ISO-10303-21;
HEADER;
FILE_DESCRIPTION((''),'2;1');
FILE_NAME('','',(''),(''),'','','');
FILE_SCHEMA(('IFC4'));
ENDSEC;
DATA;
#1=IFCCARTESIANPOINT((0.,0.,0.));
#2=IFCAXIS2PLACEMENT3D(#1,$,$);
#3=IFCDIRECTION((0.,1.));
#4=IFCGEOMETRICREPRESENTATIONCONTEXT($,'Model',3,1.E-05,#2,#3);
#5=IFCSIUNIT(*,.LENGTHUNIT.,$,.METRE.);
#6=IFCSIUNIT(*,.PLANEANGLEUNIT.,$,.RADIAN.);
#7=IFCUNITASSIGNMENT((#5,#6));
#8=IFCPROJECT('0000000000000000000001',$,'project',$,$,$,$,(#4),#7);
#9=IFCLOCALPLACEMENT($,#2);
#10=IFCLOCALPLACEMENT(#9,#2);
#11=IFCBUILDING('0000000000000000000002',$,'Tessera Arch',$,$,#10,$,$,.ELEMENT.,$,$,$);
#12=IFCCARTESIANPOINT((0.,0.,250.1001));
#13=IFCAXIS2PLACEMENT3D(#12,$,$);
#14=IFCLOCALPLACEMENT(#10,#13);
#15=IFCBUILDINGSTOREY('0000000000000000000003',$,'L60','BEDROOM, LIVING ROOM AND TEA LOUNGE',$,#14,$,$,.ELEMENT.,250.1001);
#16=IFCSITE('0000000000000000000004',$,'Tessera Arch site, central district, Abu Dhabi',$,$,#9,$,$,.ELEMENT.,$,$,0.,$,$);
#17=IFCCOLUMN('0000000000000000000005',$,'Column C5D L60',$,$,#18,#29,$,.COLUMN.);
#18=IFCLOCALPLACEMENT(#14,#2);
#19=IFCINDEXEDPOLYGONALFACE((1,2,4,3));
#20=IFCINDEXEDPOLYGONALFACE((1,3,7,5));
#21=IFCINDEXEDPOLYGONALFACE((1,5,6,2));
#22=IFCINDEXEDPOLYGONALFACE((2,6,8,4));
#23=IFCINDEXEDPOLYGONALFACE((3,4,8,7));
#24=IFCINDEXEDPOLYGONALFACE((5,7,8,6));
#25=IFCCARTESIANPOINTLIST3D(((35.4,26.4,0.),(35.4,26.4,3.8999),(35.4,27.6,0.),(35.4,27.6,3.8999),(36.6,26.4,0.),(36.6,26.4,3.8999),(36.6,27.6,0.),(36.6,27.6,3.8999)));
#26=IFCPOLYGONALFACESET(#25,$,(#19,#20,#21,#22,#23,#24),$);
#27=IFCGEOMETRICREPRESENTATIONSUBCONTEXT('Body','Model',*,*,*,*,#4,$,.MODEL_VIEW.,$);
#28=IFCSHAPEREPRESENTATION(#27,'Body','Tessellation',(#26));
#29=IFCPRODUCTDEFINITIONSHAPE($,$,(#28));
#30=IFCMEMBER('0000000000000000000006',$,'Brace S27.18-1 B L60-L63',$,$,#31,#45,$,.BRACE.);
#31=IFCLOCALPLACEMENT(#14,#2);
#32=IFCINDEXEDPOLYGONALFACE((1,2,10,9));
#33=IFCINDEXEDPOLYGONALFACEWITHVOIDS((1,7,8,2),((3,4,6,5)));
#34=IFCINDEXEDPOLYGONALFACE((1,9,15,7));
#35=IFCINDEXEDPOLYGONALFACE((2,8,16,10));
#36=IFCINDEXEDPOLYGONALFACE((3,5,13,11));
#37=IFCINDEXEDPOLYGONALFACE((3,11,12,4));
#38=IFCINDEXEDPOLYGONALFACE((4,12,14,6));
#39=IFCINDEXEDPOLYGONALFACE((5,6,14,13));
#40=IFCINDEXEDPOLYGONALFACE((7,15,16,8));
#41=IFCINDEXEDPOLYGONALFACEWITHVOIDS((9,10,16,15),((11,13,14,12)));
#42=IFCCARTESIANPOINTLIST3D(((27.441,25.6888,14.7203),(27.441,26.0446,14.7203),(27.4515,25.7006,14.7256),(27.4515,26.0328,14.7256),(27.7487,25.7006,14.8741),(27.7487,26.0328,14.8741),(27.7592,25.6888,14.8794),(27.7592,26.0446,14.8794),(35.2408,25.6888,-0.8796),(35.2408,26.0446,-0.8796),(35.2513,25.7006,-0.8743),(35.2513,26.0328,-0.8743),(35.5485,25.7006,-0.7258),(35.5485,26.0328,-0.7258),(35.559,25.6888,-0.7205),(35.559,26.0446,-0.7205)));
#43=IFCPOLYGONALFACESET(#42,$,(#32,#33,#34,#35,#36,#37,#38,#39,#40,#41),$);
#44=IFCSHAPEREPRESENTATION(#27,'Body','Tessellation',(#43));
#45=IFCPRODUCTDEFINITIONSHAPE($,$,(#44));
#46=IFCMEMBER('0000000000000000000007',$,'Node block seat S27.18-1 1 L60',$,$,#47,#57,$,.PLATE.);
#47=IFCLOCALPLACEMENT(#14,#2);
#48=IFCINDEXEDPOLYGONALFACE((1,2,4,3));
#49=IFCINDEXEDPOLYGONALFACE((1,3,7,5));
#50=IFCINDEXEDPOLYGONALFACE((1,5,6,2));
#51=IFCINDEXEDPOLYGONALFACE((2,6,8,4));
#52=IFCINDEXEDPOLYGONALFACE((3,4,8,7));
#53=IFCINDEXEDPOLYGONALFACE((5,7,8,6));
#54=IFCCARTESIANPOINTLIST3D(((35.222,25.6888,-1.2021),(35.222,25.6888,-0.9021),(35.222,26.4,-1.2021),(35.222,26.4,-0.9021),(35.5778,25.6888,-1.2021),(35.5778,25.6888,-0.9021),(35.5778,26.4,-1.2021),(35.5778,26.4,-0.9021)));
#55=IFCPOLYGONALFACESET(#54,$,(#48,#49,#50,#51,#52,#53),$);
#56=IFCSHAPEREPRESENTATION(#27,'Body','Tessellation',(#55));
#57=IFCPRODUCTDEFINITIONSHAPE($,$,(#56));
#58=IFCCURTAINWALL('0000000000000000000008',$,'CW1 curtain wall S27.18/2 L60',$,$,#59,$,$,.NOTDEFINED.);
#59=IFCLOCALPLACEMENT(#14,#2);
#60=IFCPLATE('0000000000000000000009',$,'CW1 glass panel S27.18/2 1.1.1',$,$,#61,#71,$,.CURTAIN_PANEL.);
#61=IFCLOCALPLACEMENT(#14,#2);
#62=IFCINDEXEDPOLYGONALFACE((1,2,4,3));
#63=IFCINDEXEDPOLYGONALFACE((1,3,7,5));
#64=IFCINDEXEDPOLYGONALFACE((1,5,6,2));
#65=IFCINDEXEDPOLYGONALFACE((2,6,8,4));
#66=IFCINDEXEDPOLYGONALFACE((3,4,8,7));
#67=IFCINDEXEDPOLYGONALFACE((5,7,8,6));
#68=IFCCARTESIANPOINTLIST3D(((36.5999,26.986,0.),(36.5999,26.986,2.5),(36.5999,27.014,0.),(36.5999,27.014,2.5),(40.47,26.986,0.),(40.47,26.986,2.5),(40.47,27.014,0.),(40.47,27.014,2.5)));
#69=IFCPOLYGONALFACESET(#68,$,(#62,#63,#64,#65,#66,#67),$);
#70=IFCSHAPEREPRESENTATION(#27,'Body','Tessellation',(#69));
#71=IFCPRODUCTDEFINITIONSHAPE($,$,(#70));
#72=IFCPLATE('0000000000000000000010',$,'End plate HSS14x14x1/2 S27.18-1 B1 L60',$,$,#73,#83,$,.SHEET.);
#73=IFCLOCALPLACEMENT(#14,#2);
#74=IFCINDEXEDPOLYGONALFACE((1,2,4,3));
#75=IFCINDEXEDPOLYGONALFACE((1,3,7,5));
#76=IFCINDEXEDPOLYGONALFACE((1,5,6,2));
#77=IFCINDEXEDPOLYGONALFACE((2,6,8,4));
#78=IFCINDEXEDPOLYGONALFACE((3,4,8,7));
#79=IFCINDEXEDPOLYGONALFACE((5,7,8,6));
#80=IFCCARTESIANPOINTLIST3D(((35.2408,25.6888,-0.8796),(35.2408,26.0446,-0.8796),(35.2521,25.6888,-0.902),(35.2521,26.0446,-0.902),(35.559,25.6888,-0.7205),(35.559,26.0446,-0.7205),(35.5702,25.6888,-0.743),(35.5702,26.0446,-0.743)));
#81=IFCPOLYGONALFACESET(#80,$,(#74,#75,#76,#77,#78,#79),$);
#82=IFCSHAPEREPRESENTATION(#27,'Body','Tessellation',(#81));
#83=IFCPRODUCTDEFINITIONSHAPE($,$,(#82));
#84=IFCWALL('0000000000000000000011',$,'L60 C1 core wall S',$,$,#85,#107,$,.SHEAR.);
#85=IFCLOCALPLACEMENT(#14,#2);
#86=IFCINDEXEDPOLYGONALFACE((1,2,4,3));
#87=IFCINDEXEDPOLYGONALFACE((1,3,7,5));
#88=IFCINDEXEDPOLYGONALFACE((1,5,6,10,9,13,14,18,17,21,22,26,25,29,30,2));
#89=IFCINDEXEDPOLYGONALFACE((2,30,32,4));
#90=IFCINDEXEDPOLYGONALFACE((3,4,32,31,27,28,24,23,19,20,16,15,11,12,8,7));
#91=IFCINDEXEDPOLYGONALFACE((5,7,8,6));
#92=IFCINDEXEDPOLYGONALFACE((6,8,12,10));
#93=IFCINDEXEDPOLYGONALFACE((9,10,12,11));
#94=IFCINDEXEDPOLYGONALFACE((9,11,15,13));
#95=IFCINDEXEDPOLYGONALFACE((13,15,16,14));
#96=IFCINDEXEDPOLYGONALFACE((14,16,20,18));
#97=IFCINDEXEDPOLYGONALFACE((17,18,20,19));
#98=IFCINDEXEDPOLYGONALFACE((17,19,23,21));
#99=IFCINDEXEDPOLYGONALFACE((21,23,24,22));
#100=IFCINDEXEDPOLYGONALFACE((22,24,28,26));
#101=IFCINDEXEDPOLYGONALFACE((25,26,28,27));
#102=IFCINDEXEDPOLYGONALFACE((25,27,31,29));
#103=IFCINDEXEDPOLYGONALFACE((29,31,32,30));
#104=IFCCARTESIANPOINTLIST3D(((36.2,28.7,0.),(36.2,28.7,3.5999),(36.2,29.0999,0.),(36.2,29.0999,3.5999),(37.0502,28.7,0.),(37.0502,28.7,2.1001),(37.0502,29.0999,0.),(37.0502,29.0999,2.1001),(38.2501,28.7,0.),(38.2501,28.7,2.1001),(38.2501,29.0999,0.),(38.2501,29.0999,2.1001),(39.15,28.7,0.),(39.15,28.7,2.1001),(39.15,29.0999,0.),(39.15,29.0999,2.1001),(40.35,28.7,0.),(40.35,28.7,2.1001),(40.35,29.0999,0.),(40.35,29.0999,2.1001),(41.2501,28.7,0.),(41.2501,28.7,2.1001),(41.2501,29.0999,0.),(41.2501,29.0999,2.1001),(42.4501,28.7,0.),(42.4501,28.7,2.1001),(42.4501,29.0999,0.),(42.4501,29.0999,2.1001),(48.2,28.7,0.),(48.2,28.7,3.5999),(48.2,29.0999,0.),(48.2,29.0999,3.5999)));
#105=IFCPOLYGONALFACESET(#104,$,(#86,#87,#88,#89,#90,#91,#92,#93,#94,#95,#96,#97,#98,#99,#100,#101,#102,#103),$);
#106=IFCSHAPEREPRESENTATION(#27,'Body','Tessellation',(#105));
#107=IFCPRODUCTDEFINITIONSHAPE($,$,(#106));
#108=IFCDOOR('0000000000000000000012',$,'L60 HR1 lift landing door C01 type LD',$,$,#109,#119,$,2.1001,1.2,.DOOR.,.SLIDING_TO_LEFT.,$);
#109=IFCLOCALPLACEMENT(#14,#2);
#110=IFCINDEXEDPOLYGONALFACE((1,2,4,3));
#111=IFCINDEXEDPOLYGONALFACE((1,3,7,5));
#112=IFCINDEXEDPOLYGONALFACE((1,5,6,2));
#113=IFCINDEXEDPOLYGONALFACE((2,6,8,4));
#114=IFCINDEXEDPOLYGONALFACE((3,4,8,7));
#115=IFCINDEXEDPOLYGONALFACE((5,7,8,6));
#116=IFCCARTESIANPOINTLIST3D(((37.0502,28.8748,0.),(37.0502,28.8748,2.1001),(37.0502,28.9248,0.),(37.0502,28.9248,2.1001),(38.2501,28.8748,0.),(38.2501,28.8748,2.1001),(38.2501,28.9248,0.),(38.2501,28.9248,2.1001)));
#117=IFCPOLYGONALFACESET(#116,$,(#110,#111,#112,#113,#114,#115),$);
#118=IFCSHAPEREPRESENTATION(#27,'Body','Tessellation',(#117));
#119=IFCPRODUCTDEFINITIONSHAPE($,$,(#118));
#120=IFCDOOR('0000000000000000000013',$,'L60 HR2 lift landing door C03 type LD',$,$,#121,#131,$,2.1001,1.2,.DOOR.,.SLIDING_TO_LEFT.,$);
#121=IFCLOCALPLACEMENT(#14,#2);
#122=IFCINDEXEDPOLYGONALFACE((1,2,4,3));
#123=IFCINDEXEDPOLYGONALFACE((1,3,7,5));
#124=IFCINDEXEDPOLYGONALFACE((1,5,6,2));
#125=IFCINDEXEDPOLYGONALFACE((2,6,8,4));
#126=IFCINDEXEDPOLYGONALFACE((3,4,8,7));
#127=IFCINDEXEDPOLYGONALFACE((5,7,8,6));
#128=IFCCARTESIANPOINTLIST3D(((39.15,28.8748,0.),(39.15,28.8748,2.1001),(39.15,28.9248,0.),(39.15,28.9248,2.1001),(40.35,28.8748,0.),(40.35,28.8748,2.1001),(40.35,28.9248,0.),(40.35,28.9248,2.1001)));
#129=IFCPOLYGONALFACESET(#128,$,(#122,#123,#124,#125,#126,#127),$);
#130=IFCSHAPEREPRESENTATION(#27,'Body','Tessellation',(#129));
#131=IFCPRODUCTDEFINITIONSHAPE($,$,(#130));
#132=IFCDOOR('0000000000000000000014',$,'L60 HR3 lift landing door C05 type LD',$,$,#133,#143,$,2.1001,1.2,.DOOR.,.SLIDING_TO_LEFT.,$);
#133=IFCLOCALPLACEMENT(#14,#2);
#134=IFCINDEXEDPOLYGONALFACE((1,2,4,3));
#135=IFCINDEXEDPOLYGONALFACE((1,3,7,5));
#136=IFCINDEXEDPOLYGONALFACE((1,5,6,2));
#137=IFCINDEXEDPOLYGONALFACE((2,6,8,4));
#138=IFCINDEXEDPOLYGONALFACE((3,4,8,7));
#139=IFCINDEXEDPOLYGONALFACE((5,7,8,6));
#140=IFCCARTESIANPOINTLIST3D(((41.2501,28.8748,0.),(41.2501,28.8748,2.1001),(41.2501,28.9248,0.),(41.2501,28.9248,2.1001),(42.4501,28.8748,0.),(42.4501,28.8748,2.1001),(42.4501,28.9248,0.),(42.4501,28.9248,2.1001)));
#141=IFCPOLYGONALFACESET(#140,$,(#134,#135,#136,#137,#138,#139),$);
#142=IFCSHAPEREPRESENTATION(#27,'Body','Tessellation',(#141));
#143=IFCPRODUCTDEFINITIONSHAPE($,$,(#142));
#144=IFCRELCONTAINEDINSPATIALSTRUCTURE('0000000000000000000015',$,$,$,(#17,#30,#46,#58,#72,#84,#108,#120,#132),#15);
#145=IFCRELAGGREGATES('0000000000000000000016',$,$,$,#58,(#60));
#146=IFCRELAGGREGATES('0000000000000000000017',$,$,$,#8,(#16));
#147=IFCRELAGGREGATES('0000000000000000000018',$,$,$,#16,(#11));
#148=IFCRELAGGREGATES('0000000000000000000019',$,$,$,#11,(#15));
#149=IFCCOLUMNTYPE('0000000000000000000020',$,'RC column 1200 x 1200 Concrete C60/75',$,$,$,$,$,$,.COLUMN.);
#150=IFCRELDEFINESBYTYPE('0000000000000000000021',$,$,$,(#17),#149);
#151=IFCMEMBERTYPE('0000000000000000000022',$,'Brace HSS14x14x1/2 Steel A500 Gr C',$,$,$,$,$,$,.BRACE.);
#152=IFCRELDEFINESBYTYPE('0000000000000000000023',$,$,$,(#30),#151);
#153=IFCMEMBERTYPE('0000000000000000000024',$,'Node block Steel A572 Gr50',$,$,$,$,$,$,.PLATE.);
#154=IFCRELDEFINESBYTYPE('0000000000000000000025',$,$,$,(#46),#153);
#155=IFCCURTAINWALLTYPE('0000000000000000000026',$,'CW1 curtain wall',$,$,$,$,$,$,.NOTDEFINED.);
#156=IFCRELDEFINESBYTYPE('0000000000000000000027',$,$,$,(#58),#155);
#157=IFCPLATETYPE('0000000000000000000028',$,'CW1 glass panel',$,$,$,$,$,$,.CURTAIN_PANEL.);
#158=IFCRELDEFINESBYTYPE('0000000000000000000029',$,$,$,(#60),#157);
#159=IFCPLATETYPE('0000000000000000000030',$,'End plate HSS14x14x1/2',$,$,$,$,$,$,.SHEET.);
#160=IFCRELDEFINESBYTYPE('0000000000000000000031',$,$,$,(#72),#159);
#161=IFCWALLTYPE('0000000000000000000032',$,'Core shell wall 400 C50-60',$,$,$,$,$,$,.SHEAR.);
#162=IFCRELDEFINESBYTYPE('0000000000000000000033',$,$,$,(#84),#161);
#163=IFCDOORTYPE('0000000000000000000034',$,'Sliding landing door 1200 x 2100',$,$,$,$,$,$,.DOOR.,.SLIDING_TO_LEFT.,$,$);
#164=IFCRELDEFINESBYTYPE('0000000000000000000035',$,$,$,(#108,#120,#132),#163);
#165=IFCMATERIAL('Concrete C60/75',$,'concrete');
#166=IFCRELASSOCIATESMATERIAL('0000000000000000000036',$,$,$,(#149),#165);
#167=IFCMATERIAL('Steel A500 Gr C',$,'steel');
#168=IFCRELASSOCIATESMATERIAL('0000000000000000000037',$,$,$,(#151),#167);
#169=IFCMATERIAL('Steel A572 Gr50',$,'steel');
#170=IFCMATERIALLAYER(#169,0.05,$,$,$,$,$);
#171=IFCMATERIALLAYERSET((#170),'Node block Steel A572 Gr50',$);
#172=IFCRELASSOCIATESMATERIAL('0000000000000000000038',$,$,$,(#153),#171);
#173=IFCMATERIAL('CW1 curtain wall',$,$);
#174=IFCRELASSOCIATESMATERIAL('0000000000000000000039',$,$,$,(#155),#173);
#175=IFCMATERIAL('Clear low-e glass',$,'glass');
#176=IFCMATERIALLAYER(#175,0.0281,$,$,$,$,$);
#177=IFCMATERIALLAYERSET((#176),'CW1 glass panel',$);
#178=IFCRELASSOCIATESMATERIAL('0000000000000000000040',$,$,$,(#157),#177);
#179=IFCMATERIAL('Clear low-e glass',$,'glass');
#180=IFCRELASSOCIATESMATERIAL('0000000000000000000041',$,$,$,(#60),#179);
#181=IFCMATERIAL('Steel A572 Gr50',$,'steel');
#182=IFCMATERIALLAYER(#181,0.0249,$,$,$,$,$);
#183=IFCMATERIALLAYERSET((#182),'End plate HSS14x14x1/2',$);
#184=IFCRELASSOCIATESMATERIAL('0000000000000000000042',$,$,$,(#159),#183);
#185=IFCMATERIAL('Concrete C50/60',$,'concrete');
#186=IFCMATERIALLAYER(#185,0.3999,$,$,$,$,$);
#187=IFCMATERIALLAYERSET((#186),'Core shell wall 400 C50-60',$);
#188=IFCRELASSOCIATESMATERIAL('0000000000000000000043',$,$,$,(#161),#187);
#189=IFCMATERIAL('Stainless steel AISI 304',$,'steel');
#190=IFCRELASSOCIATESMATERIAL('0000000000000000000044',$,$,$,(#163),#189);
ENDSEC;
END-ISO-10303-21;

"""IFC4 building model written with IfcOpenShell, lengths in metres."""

from ifc_helpers import new_model, si_unit, direction, frame, frame_2d, origin, origin_2d, place, context, subcontext, project, spatial, rectangle, hollow_rectangle, extrude, material, layer, layer_set, material_profile, profile_set, type_object, element, fill, aggregate, save


model = new_model("IFC4")

# Units and contexts
model_context = context("Model", 3, precision=1e-05, world=origin(), true_north=direction((0.0, 1.0)))
body_context = subcontext(model_context, "Body", "Model", "MODEL_VIEW")
ifc_project = project(units=[si_unit("LENGTHUNIT", "METRE"), si_unit("PLANEANGLEUNIT", "RADIAN")], contexts=[model_context])

# Site, building, storey
site_placement = place(None, origin())
site = spatial("IfcSite", under=ifc_project, at=site_placement, Name="Tessera Arch site, central district, Abu Dhabi", CompositionType="ELEMENT", RefElevation=0.0)
building_placement = place(site_placement, origin())
building = spatial("IfcBuilding", under=site, at=building_placement, Name="Tessera Arch", CompositionType="ELEMENT")
storey_placement = place(building_placement, frame((0.0, 0.0, 250.1001)))
storey = spatial("IfcBuildingStorey", under=building, at=storey_placement, Name="L60", Description="BEDROOM, LIVING ROOM AND TEA LOUNGE", CompositionType="ELEMENT", Elevation=250.1001)

# Column
ifc_material_1 = material(Name="Concrete C60/75", Category="concrete")
ifc_material_profile_1 = material_profile(ifc_material_1, rectangle(XDim=1.2, YDim=1.2, at=origin_2d()), Name="RC column 1200 x 1200 Concrete C60/75")
ifc_profile_set_1 = profile_set([ifc_material_profile_1], Name="Concrete C60/75")
column_type = type_object("IfcColumnType", Name="RC column 1200 x 1200 Concrete C60/75", PredefinedType="COLUMN", material=ifc_profile_set_1)
column_placement = place(storey_placement, frame((36.0, 27.0, 0.0), z_axis=(0.0, 0.0, 1.0), x_axis=(1.0, 0.0, 0.0)))
element("IfcColumn", 1, at=column_placement, inside=storey, type_object=column_type, Name="Column C5D L60", PredefinedType="COLUMN", context=body_context, shape_type="SweptSolid", body=[
    extrude(rectangle(XDim=1.2, YDim=1.2, at=origin_2d()), origin(), (0.0, 0.0, 1.0), 3.8999),
])

# Members
ifc_material_2 = material(Name="Steel A500 Gr C", Category="steel")
ifc_material_profile_2 = material_profile(ifc_material_2, hollow_rectangle(XDim=0.3557, YDim=0.3557, WallThickness=0.0117, at=origin_2d()), Name="HSS14x14x1/2")
ifc_profile_set_2 = profile_set([ifc_material_profile_2], Name="Steel A500 Gr C")
member_type_1 = type_object("IfcMemberType", Name="Brace HSS14x14x1/2 Steel A500 Gr C", PredefinedType="BRACE", material=ifc_profile_set_2)
member_1_placement = place(storey_placement, frame((35.3999, 25.8667, -0.8), z_axis=(-0.447208, 0.0, 0.89443), x_axis=(0.0, -1.0, 0.0)))
element("IfcMember", 2, at=member_1_placement, inside=storey, type_object=member_type_1, Name="Brace S27.18-1 B L60-L63", PredefinedType="BRACE", context=body_context, shape_type="SweptSolid", body=[
    extrude(hollow_rectangle(XDim=0.3557, YDim=0.3557, WallThickness=0.0117, at=origin_2d()), origin(), (0.0, 0.0, 1.0), 17.4412),
])
ifc_material_3 = material(Name="Steel A572 Gr50", Category="steel")
ifc_layer_1 = layer(ifc_material_3, 0.05)
ifc_layer_set_1 = layer_set([ifc_layer_1], Name="Node block Steel A572 Gr50")
member_type_2 = type_object("IfcMemberType", Name="Node block Steel A572 Gr50", PredefinedType="PLATE", material=ifc_layer_set_1)
member_2_placement = place(storey_placement, frame((35.3999, 26.0444, -1.2021), z_axis=(0.0, 0.0, 1.0), x_axis=(1.0, 0.0, 0.0)))
element("IfcMember", 3, at=member_2_placement, inside=storey, type_object=member_type_2, Name="Node block seat S27.18-1 1 L60", PredefinedType="PLATE", context=body_context, shape_type="SweptSolid", body=[
    extrude(rectangle(XDim=0.3557, YDim=0.7112, at=origin_2d()), origin(), (0.0, 0.0, 1.0), 0.3),
])

# Curtain wall, plate
ifc_material_4 = material(Name="CW1 curtain wall")
curtain_wall_type = type_object("IfcCurtainWallType", Name="CW1 curtain wall", PredefinedType="NOTDEFINED", material=ifc_material_4)
curtain_wall_placement = place(storey_placement, origin())
curtain_wall = element("IfcCurtainWall", 4, at=curtain_wall_placement, inside=storey, type_object=curtain_wall_type, Name="CW1 curtain wall S27.18/2 L60", PredefinedType="NOTDEFINED")
ifc_material_5 = material(Name="Clear low-e glass", Category="glass")
ifc_material_6 = material(Name="Clear low-e glass", Category="glass")
ifc_layer_2 = layer(ifc_material_6, 0.0281)
ifc_layer_set_2 = layer_set([ifc_layer_2], Name="CW1 glass panel")
plate_type_1 = type_object("IfcPlateType", Name="CW1 glass panel", PredefinedType="CURTAIN_PANEL", material=ifc_layer_set_2)
plate_1_placement = place(storey_placement, frame((38.5349, 27.0, 0.0), z_axis=(0.0, 0.0, 1.0), x_axis=(1.0, 0.0, 0.0)))
plate_1 = element("IfcPlate", 5, at=plate_1_placement, type_object=plate_type_1, material=ifc_material_5, Name="CW1 glass panel S27.18/2 1.1.1", PredefinedType="CURTAIN_PANEL", context=body_context, shape_type="SweptSolid", body=[
    extrude(rectangle(XDim=3.8701, YDim=0.0281, at=origin_2d()), origin(), (0.0, 0.0, 1.0), 2.5),
])
aggregate(curtain_wall, [plate_1])

# Plate
ifc_material_7 = material(Name="Steel A572 Gr50", Category="steel")
ifc_layer_3 = layer(ifc_material_7, 0.0249)
ifc_layer_set_3 = layer_set([ifc_layer_3], Name="End plate HSS14x14x1/2")
plate_type_2 = type_object("IfcPlateType", Name="End plate HSS14x14x1/2", PredefinedType="SHEET", material=ifc_layer_set_3)
plate_2_placement = place(storey_placement, frame((35.4111, 25.8667, -0.8225), z_axis=(-0.447214, 0.0, 0.894427), x_axis=(0.0, -1.0, 0.0)))
element("IfcPlate", 6, at=plate_2_placement, inside=storey, type_object=plate_type_2, Name="End plate HSS14x14x1/2 S27.18-1 B1 L60", PredefinedType="SHEET", context=body_context, shape_type="SweptSolid", body=[
    extrude(rectangle(XDim=0.3557, YDim=0.3557, at=origin_2d()), origin(), (0.0, 0.0, 1.0), 0.0251),
])

# Wall, openings, doors
ifc_material_8 = material(Name="Concrete C50/60", Category="concrete")
ifc_layer_4 = layer(ifc_material_8, 0.3999)
ifc_layer_set_4 = layer_set([ifc_layer_4], Name="Core shell wall 400 C50-60")
wall_type_1 = type_object("IfcWallType", Name="Core shell wall 400 C50-60", PredefinedType="SHEAR", material=ifc_layer_set_4)
wall_1_placement = place(storey_placement, frame((36.2, 28.8999, 0.0), z_axis=(0.0, 0.0, 1.0), x_axis=(1.0, 0.0, 0.0)))
wall_1 = element("IfcWall", 7, at=wall_1_placement, inside=storey, type_object=wall_type_1, Name="L60 C1 core wall S", PredefinedType="SHEAR", context=body_context, shape_type="SweptSolid", body=[
    extrude(rectangle(XDim=12.0, YDim=0.3999, at=frame_2d((6.0, 0.0))), origin(), (0.0, 0.0, 1.0), 3.5999),
])
opening_1_placement = place(wall_1_placement, frame((0.8501, 0.0, 0.0)))
opening_1 = element("IfcOpeningElement", 8, at=opening_1_placement, cuts=wall_1, PredefinedType="OPENING", context=body_context, shape_type="SweptSolid", body=[
    extrude(rectangle(XDim=1.2, YDim=2.1001, at=frame_2d((0.6001, 1.05))), frame((0.0, 0.21, 0.0), z_axis=(0.0, -1.0, 0.0), x_axis=(1.0, 0.0, 0.0)), (0.0, 0.0, 1.0), 0.4199),
])
opening_2_placement = place(wall_1_placement, frame((2.95, 0.0, 0.0)))
opening_2 = element("IfcOpeningElement", 9, at=opening_2_placement, cuts=wall_1, PredefinedType="OPENING", context=body_context, shape_type="SweptSolid", body=[
    extrude(rectangle(XDim=1.2, YDim=2.1001, at=frame_2d((0.6001, 1.05))), frame((0.0, 0.21, 0.0), z_axis=(0.0, -1.0, 0.0), x_axis=(1.0, 0.0, 0.0)), (0.0, 0.0, 1.0), 0.4199),
])
opening_3_placement = place(wall_1_placement, frame((5.05, 0.0, 0.0)))
opening_3 = element("IfcOpeningElement", 10, at=opening_3_placement, cuts=wall_1, PredefinedType="OPENING", context=body_context, shape_type="SweptSolid", body=[
    extrude(rectangle(XDim=1.2, YDim=2.1001, at=frame_2d((0.6001, 1.05))), frame((0.0, 0.21, 0.0), z_axis=(0.0, -1.0, 0.0), x_axis=(1.0, 0.0, 0.0)), (0.0, 0.0, 1.0), 0.4199),
])
ifc_material_9 = material(Name="Stainless steel AISI 304", Category="steel")
door_type_1 = type_object("IfcDoorType", Name="Sliding landing door 1200 x 2100", OperationType="SLIDING_TO_LEFT", PredefinedType="DOOR", material=ifc_material_9)
door_1_placement = place(opening_1_placement, origin())
door_1 = element("IfcDoor", 11, at=door_1_placement, inside=storey, type_object=door_type_1, Name="L60 HR1 lift landing door C01 type LD", OperationType="SLIDING_TO_LEFT", OverallHeight=2.1001, OverallWidth=1.2, PredefinedType="DOOR", context=body_context, shape_type="SweptSolid", body=[
    extrude(rectangle(XDim=1.2, YDim=2.1001, at=frame_2d((0.6001, 1.05))), frame((0.0, 0.0249, 0.0), z_axis=(0.0, -1.0, 0.0), x_axis=(1.0, 0.0, 0.0)), (0.0, 0.0, 1.0), 0.05),
])
fill(opening_1, door_1)
door_2_placement = place(opening_2_placement, origin())
door_2 = element("IfcDoor", 12, at=door_2_placement, inside=storey, type_object=door_type_1, Name="L60 HR2 lift landing door C03 type LD", OperationType="SLIDING_TO_LEFT", OverallHeight=2.1001, OverallWidth=1.2, PredefinedType="DOOR", context=body_context, shape_type="SweptSolid", body=[
    extrude(rectangle(XDim=1.2, YDim=2.1001, at=frame_2d((0.6001, 1.05))), frame((0.0, 0.0249, 0.0), z_axis=(0.0, -1.0, 0.0), x_axis=(1.0, 0.0, 0.0)), (0.0, 0.0, 1.0), 0.05),
])
fill(opening_2, door_2)
door_3_placement = place(opening_3_placement, origin())
door_3 = element("IfcDoor", 13, at=door_3_placement, inside=storey, type_object=door_type_1, Name="L60 HR3 lift landing door C05 type LD", OperationType="SLIDING_TO_LEFT", OverallHeight=2.1001, OverallWidth=1.2, PredefinedType="DOOR", context=body_context, shape_type="SweptSolid", body=[
    extrude(rectangle(XDim=1.2, YDim=2.1001, at=frame_2d((0.6001, 1.05))), frame((0.0, 0.0249, 0.0), z_axis=(0.0, -1.0, 0.0), x_axis=(1.0, 0.0, 0.0)), (0.0, 0.0, 1.0), 0.05),
])
fill(opening_3, door_3)

save(model, "model.ifc")
